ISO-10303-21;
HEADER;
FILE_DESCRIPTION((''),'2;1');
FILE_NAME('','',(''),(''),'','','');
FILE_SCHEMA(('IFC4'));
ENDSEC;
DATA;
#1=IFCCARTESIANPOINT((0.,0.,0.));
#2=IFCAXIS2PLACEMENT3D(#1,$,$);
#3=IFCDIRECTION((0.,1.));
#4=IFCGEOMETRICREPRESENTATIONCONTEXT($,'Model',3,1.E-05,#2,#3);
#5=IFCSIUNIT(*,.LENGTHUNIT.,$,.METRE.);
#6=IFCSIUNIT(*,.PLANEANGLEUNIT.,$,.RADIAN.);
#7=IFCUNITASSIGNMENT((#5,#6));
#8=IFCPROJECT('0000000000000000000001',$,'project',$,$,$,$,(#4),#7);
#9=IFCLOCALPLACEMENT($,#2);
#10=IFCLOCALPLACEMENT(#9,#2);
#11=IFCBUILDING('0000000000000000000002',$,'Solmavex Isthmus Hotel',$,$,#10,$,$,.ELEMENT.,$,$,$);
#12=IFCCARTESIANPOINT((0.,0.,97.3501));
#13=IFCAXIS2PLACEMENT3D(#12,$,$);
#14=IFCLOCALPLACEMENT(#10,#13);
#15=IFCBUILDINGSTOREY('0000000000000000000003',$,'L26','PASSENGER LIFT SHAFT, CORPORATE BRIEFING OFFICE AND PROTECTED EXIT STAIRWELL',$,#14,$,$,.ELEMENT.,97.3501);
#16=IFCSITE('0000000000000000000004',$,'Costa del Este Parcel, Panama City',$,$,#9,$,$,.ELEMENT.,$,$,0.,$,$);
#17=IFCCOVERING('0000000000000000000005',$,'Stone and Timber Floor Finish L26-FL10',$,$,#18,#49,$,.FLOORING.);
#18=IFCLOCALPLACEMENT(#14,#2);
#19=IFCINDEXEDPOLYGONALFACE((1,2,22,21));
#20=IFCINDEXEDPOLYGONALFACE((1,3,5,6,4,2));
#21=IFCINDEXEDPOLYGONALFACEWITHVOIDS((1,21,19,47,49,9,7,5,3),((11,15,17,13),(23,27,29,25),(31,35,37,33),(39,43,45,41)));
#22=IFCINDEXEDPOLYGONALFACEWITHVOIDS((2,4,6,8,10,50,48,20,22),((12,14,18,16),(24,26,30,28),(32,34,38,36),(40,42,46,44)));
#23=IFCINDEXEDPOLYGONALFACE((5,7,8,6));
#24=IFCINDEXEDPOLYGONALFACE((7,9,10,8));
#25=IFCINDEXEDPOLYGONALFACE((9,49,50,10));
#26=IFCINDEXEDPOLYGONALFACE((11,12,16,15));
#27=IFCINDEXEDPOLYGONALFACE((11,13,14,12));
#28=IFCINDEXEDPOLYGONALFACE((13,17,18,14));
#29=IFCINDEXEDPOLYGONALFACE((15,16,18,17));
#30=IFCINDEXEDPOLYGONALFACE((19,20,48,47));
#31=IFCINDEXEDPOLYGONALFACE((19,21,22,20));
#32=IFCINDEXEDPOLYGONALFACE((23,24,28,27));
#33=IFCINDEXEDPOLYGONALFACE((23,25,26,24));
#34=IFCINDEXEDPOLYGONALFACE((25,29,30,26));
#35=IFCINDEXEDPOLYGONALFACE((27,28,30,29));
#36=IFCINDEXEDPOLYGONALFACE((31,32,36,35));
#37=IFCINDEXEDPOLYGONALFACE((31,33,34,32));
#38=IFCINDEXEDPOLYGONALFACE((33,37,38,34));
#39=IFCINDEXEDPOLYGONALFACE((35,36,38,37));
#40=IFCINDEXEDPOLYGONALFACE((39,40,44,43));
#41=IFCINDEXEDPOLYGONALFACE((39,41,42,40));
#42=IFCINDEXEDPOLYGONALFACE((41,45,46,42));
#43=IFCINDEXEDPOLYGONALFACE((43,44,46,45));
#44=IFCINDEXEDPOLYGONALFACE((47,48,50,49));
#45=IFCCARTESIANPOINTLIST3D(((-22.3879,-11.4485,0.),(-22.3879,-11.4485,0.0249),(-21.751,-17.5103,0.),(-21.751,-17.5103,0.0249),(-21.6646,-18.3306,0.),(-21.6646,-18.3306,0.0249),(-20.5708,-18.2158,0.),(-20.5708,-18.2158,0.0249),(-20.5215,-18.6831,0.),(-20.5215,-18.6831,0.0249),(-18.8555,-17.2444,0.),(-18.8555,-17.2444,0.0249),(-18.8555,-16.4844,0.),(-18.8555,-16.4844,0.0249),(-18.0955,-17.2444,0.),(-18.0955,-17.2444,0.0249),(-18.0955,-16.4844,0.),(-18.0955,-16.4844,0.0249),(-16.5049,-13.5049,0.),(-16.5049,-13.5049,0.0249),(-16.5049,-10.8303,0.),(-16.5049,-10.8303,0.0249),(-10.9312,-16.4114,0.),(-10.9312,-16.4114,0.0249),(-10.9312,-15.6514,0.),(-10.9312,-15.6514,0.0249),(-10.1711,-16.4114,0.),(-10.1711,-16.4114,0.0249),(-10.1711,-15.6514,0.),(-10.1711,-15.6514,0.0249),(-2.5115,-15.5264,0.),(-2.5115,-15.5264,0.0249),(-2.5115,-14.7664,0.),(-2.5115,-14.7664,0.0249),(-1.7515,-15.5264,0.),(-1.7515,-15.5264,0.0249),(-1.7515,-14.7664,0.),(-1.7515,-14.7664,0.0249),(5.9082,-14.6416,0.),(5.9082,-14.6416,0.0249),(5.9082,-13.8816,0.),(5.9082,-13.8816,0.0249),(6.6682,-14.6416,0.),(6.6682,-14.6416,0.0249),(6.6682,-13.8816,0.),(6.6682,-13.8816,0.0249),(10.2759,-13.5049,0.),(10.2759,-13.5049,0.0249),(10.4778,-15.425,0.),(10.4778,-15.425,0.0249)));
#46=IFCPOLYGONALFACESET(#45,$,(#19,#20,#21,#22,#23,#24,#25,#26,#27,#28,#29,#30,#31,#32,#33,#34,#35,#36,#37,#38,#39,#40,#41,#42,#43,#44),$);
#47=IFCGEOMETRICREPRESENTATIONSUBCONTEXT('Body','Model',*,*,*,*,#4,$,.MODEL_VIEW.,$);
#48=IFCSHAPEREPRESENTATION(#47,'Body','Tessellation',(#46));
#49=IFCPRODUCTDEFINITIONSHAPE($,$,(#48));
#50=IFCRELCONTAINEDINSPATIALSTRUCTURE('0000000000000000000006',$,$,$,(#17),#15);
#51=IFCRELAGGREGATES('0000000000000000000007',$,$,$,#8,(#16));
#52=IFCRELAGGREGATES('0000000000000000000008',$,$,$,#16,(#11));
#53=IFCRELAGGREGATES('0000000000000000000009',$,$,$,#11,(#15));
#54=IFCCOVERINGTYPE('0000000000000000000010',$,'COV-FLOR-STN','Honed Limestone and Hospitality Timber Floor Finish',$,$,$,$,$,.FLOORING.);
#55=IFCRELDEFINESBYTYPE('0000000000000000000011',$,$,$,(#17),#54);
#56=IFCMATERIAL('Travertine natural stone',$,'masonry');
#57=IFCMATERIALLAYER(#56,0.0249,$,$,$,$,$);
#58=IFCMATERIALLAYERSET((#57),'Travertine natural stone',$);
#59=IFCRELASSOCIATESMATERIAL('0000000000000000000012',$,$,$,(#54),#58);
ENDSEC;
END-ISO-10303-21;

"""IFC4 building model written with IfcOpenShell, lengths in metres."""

from ifc_helpers import new_model, si_unit, direction, frame, origin, place, context, subcontext, project, spatial, polyline, outline, extrude, material, layer, layer_set, type_object, element, save


model = new_model("IFC4")

# Units and contexts
model_context = context("Model", 3, precision=1e-05, world=origin(), true_north=direction((0.0, 1.0)))
body_context = subcontext(model_context, "Body", "Model", "MODEL_VIEW")
ifc_project = project(units=[si_unit("LENGTHUNIT", "METRE"), si_unit("PLANEANGLEUNIT", "RADIAN")], contexts=[model_context])

# Site, building, storey
site_placement = place(None, origin())
site = spatial("IfcSite", under=ifc_project, at=site_placement, Name="Costa del Este Parcel, Panama City", CompositionType="ELEMENT", RefElevation=0.0)
building_placement = place(site_placement, origin())
building = spatial("IfcBuilding", under=site, at=building_placement, Name="Solmavex Isthmus Hotel", CompositionType="ELEMENT")
storey_placement = place(building_placement, frame((0.0, 0.0, 97.3501)))
storey = spatial("IfcBuildingStorey", under=building, at=storey_placement, Name="L26", Description="PASSENGER LIFT SHAFT, CORPORATE BRIEFING OFFICE AND PROTECTED EXIT STAIRWELL", CompositionType="ELEMENT", Elevation=97.3501)

# Covering
ifc_material_1 = material(Name="Travertine natural stone", Category="masonry")
ifc_layer_1 = layer(ifc_material_1, 0.0249)
ifc_layer_set_1 = layer_set([ifc_layer_1], Name="Travertine natural stone")
covering_type_1 = type_object("IfcCoveringType", Name="COV-FLOR-STN", Description="Honed Limestone and Hospitality Timber Floor Finish", PredefinedType="FLOORING", material=ifc_layer_set_1)
covering_1_placement = place(storey_placement, origin())
element("IfcCovering", 1, at=covering_1_placement, inside=storey, type_object=covering_type_1, Name="Stone and Timber Floor Finish L26-FL10", PredefinedType="FLOORING", context=body_context, shape_type="SweptSolid", body=[
    extrude(outline(polyline([(-20.5708, -18.2158), (-20.5215, -18.6831), (10.4778, -15.425), (10.2759, -13.5049), (-16.5049, -13.5049), (-16.5049, -10.8303), (-22.3879, -11.4485), (-21.751, -17.5103), (-21.6646, -18.3306), (-20.5708, -18.2158)]), holes=[polyline([(5.9082, -14.6416), (5.9082, -13.8816), (6.6682, -13.8816), (6.6682, -14.6416), (5.9082, -14.6416)]), polyline([(-2.5115, -15.5264), (-2.5115, -14.7664), (-1.7515, -14.7664), (-1.7515, -15.5264), (-2.5115, -15.5264)]), polyline([(-10.9312, -16.4114), (-10.9312, -15.6514), (-10.1711, -15.6514), (-10.1711, -16.4114), (-10.9312, -16.4114)]), polyline([(-18.8555, -17.2444), (-18.8555, -16.4844), (-18.0955, -16.4844), (-18.0955, -17.2444), (-18.8555, -17.2444)])]), origin(), (0.0, 0.0, 1.0), 0.0249),
])

save(model, "model.ifc")
